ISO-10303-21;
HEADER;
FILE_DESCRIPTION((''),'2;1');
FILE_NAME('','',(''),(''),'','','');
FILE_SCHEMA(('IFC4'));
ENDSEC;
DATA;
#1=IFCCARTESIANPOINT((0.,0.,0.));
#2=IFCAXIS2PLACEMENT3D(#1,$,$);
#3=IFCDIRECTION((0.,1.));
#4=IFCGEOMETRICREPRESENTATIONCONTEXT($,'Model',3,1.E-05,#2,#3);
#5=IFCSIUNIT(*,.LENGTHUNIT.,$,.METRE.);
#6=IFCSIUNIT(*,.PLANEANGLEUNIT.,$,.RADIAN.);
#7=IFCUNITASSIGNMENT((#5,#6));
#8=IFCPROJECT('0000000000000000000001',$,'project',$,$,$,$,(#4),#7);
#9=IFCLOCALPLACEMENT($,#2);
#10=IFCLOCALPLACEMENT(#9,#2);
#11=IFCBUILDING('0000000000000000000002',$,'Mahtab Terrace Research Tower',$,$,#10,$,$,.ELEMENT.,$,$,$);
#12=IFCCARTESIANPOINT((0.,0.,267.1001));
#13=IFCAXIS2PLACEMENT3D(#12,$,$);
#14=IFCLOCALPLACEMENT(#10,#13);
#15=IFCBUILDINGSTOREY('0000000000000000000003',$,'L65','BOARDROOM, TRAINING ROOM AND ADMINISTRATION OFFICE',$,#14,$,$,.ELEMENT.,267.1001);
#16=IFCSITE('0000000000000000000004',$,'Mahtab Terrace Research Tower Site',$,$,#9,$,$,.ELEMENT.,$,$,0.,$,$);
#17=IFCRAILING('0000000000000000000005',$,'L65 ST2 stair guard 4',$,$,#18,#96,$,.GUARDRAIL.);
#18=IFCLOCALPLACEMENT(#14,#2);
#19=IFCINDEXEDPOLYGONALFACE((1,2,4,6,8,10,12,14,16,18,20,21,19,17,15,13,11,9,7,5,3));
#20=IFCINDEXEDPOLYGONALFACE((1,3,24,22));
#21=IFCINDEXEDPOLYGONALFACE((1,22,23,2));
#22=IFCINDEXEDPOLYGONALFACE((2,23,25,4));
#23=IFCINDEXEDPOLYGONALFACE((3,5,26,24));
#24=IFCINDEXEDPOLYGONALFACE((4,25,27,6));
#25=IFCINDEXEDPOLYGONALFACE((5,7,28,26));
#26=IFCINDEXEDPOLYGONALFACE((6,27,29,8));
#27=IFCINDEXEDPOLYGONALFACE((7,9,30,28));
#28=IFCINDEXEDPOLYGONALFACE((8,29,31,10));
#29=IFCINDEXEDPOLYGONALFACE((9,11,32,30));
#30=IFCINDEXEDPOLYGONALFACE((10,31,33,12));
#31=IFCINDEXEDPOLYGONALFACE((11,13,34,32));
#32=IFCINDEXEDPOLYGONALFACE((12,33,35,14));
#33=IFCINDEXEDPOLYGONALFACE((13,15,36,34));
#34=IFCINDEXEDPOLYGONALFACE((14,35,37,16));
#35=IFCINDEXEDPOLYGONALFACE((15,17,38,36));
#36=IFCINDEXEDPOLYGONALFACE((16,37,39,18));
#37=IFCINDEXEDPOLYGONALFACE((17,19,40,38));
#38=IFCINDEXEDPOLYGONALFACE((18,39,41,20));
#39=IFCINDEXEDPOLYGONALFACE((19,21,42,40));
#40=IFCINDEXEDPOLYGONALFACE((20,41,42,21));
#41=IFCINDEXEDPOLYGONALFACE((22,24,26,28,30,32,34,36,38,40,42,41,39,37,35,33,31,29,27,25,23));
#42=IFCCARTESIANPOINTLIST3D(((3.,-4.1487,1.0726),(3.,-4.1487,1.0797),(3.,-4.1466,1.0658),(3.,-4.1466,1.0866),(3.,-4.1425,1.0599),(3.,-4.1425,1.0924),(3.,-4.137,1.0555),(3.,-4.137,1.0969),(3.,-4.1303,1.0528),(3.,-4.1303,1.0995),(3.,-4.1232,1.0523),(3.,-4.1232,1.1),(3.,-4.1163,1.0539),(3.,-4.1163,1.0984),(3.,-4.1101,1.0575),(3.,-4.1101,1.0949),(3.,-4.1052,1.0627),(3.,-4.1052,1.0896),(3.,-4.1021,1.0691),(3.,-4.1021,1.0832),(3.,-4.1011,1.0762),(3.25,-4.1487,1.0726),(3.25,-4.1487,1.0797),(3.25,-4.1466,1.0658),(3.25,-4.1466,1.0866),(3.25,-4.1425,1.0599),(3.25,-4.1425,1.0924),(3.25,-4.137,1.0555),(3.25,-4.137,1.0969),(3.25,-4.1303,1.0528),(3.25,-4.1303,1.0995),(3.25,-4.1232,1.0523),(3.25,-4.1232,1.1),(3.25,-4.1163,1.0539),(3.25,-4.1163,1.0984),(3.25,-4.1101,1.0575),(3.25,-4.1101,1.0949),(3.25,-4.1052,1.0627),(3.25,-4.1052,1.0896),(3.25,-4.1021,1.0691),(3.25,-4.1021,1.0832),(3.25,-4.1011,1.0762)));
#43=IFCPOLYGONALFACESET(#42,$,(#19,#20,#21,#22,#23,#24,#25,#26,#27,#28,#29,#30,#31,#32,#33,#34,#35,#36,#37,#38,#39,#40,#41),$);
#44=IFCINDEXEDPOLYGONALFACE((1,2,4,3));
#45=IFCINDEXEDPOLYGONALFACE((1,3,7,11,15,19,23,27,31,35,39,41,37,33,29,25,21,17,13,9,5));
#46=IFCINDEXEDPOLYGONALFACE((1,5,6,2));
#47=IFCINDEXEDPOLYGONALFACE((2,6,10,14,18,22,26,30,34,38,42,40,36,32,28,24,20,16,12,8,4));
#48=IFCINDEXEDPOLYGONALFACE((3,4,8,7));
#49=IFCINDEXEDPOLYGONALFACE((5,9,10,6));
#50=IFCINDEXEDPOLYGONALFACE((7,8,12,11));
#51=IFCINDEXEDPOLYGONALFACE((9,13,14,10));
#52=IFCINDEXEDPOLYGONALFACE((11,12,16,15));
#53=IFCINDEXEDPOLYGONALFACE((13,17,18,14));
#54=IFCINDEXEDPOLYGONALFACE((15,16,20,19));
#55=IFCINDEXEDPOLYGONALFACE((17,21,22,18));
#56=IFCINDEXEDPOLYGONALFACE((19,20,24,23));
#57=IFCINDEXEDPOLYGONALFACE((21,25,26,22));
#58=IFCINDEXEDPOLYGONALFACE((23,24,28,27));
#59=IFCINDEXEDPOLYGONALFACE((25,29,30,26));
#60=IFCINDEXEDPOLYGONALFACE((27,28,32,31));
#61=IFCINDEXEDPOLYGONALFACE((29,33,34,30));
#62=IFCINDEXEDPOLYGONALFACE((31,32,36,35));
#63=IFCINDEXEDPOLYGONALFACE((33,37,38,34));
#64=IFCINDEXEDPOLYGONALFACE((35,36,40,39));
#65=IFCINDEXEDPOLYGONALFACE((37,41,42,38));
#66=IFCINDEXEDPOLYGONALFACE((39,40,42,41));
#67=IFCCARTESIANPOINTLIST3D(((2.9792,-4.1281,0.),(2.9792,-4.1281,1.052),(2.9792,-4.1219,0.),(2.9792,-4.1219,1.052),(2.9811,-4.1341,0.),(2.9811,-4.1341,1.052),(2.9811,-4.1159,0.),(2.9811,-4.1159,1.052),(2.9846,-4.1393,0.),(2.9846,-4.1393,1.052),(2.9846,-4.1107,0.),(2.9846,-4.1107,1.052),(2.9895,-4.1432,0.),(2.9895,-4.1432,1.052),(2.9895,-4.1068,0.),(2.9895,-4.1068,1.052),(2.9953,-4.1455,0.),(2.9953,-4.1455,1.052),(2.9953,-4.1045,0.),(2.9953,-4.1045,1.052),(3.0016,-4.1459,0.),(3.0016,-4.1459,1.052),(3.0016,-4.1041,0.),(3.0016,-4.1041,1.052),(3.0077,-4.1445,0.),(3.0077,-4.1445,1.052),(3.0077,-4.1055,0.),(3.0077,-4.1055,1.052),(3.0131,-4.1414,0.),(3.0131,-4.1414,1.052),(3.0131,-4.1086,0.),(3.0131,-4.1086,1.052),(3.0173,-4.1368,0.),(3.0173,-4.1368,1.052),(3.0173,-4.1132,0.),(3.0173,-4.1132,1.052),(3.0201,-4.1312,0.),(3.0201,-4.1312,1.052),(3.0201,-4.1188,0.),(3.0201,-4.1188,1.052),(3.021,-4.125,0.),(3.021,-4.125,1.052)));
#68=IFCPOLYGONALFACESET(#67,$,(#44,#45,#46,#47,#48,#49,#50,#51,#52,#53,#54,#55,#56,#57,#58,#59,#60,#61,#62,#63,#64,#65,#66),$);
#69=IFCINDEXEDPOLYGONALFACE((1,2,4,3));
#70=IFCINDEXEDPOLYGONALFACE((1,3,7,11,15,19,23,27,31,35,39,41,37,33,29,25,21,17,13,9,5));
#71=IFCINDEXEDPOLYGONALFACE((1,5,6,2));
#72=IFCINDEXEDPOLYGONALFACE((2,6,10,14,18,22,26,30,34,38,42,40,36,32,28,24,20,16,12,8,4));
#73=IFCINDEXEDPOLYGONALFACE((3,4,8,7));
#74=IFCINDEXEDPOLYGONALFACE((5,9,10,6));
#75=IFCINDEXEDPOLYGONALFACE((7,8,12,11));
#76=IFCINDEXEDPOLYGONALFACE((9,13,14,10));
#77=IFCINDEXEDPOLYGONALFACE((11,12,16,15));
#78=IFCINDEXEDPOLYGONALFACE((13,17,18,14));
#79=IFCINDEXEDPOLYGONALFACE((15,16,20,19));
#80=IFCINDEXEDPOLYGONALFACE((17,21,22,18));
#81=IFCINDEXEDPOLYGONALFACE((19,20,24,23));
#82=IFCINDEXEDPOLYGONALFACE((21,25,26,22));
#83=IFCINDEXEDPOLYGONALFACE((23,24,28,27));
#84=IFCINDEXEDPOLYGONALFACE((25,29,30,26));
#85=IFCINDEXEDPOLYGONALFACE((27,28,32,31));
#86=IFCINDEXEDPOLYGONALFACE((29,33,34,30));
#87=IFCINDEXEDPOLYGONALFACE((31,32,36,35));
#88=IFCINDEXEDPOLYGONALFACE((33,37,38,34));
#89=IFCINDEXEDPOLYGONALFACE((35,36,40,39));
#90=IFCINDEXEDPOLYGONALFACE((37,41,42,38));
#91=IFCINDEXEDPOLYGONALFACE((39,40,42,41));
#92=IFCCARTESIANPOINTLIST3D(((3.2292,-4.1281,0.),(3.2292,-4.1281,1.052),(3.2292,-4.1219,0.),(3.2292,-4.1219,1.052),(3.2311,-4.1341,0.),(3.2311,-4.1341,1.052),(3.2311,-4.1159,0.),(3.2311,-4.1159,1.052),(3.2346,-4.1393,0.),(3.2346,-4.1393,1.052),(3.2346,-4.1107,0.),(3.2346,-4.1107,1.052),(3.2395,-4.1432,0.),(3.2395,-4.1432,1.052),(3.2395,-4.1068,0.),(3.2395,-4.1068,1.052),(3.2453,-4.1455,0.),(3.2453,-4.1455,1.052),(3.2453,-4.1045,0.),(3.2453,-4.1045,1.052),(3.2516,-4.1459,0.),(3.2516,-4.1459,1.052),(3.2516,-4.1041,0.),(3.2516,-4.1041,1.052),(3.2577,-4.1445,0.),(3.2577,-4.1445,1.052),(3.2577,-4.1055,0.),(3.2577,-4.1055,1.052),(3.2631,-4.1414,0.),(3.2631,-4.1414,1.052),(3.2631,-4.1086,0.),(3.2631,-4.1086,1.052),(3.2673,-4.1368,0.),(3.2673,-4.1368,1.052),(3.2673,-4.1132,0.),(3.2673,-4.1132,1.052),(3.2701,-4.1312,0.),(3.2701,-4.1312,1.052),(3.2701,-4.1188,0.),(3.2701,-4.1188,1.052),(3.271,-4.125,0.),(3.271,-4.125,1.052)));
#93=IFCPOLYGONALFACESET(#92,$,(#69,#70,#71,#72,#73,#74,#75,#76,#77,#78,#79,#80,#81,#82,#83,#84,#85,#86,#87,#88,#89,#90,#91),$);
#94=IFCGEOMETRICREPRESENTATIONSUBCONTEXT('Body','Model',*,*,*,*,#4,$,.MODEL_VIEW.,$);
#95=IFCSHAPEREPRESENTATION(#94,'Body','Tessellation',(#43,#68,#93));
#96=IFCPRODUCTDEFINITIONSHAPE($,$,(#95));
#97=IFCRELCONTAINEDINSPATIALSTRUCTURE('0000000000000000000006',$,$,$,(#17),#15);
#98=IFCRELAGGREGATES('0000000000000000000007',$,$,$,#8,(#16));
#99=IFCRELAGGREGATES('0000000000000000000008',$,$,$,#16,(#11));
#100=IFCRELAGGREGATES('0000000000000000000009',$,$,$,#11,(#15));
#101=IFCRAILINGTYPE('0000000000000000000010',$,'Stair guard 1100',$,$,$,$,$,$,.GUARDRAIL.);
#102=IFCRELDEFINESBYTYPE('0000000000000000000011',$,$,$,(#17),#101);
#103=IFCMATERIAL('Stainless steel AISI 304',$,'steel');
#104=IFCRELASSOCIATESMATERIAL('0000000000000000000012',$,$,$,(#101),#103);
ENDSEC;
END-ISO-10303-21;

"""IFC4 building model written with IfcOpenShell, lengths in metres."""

from ifc_helpers import new_model, si_unit, direction, frame, origin, origin_2d, place, context, subcontext, project, spatial, circle, extrude, material, type_object, element, save


model = new_model("IFC4")

# Units and contexts
model_context = context("Model", 3, precision=1e-05, world=origin(), true_north=direction((0.0, 1.0)))
body_context = subcontext(model_context, "Body", "Model", "MODEL_VIEW")
ifc_project = project(units=[si_unit("LENGTHUNIT", "METRE"), si_unit("PLANEANGLEUNIT", "RADIAN")], contexts=[model_context])

# Site, building, storey
site_placement = place(None, origin())
site = spatial("IfcSite", under=ifc_project, at=site_placement, Name="Mahtab Terrace Research Tower Site", CompositionType="ELEMENT", RefElevation=0.0)
building_placement = place(site_placement, origin())
building = spatial("IfcBuilding", under=site, at=building_placement, Name="Mahtab Terrace Research Tower", CompositionType="ELEMENT")
storey_placement = place(building_placement, frame((0.0, 0.0, 267.1001)))
storey = spatial("IfcBuildingStorey", under=building, at=storey_placement, Name="L65", Description="BOARDROOM, TRAINING ROOM AND ADMINISTRATION OFFICE", CompositionType="ELEMENT", Elevation=267.1001)

# Railing
ifc_material_1 = material(Name="Stainless steel AISI 304", Category="steel")
railing_type_1 = type_object("IfcRailingType", Name="Stair guard 1100", PredefinedType="GUARDRAIL", material=ifc_material_1)
railing_1_placement = place(storey_placement, frame((3.0, -4.125, 0.0)))
element("IfcRailing", 1, at=railing_1_placement, inside=storey, type_object=railing_type_1, Name="L65 ST2 stair guard 4", PredefinedType="GUARDRAIL", context=body_context, shape_type="SweptSolid", body=[
    extrude(circle(Radius=0.0239, at=origin_2d()), frame((0.0, 0.0, 1.0762), z_axis=(1.0, 0.0, 0.0), x_axis=(0.0, 1.0, 0.0)), (0.0, 0.0, 1.0), 0.25),
    extrude(circle(Radius=0.021, at=origin_2d()), origin(), (0.0, 0.0, 1.0), 1.052),
    extrude(circle(Radius=0.021, at=origin_2d()), frame((0.25, 0.0, 0.0)), (0.0, 0.0, 1.0), 1.052),
])

save(model, "model.ifc")
